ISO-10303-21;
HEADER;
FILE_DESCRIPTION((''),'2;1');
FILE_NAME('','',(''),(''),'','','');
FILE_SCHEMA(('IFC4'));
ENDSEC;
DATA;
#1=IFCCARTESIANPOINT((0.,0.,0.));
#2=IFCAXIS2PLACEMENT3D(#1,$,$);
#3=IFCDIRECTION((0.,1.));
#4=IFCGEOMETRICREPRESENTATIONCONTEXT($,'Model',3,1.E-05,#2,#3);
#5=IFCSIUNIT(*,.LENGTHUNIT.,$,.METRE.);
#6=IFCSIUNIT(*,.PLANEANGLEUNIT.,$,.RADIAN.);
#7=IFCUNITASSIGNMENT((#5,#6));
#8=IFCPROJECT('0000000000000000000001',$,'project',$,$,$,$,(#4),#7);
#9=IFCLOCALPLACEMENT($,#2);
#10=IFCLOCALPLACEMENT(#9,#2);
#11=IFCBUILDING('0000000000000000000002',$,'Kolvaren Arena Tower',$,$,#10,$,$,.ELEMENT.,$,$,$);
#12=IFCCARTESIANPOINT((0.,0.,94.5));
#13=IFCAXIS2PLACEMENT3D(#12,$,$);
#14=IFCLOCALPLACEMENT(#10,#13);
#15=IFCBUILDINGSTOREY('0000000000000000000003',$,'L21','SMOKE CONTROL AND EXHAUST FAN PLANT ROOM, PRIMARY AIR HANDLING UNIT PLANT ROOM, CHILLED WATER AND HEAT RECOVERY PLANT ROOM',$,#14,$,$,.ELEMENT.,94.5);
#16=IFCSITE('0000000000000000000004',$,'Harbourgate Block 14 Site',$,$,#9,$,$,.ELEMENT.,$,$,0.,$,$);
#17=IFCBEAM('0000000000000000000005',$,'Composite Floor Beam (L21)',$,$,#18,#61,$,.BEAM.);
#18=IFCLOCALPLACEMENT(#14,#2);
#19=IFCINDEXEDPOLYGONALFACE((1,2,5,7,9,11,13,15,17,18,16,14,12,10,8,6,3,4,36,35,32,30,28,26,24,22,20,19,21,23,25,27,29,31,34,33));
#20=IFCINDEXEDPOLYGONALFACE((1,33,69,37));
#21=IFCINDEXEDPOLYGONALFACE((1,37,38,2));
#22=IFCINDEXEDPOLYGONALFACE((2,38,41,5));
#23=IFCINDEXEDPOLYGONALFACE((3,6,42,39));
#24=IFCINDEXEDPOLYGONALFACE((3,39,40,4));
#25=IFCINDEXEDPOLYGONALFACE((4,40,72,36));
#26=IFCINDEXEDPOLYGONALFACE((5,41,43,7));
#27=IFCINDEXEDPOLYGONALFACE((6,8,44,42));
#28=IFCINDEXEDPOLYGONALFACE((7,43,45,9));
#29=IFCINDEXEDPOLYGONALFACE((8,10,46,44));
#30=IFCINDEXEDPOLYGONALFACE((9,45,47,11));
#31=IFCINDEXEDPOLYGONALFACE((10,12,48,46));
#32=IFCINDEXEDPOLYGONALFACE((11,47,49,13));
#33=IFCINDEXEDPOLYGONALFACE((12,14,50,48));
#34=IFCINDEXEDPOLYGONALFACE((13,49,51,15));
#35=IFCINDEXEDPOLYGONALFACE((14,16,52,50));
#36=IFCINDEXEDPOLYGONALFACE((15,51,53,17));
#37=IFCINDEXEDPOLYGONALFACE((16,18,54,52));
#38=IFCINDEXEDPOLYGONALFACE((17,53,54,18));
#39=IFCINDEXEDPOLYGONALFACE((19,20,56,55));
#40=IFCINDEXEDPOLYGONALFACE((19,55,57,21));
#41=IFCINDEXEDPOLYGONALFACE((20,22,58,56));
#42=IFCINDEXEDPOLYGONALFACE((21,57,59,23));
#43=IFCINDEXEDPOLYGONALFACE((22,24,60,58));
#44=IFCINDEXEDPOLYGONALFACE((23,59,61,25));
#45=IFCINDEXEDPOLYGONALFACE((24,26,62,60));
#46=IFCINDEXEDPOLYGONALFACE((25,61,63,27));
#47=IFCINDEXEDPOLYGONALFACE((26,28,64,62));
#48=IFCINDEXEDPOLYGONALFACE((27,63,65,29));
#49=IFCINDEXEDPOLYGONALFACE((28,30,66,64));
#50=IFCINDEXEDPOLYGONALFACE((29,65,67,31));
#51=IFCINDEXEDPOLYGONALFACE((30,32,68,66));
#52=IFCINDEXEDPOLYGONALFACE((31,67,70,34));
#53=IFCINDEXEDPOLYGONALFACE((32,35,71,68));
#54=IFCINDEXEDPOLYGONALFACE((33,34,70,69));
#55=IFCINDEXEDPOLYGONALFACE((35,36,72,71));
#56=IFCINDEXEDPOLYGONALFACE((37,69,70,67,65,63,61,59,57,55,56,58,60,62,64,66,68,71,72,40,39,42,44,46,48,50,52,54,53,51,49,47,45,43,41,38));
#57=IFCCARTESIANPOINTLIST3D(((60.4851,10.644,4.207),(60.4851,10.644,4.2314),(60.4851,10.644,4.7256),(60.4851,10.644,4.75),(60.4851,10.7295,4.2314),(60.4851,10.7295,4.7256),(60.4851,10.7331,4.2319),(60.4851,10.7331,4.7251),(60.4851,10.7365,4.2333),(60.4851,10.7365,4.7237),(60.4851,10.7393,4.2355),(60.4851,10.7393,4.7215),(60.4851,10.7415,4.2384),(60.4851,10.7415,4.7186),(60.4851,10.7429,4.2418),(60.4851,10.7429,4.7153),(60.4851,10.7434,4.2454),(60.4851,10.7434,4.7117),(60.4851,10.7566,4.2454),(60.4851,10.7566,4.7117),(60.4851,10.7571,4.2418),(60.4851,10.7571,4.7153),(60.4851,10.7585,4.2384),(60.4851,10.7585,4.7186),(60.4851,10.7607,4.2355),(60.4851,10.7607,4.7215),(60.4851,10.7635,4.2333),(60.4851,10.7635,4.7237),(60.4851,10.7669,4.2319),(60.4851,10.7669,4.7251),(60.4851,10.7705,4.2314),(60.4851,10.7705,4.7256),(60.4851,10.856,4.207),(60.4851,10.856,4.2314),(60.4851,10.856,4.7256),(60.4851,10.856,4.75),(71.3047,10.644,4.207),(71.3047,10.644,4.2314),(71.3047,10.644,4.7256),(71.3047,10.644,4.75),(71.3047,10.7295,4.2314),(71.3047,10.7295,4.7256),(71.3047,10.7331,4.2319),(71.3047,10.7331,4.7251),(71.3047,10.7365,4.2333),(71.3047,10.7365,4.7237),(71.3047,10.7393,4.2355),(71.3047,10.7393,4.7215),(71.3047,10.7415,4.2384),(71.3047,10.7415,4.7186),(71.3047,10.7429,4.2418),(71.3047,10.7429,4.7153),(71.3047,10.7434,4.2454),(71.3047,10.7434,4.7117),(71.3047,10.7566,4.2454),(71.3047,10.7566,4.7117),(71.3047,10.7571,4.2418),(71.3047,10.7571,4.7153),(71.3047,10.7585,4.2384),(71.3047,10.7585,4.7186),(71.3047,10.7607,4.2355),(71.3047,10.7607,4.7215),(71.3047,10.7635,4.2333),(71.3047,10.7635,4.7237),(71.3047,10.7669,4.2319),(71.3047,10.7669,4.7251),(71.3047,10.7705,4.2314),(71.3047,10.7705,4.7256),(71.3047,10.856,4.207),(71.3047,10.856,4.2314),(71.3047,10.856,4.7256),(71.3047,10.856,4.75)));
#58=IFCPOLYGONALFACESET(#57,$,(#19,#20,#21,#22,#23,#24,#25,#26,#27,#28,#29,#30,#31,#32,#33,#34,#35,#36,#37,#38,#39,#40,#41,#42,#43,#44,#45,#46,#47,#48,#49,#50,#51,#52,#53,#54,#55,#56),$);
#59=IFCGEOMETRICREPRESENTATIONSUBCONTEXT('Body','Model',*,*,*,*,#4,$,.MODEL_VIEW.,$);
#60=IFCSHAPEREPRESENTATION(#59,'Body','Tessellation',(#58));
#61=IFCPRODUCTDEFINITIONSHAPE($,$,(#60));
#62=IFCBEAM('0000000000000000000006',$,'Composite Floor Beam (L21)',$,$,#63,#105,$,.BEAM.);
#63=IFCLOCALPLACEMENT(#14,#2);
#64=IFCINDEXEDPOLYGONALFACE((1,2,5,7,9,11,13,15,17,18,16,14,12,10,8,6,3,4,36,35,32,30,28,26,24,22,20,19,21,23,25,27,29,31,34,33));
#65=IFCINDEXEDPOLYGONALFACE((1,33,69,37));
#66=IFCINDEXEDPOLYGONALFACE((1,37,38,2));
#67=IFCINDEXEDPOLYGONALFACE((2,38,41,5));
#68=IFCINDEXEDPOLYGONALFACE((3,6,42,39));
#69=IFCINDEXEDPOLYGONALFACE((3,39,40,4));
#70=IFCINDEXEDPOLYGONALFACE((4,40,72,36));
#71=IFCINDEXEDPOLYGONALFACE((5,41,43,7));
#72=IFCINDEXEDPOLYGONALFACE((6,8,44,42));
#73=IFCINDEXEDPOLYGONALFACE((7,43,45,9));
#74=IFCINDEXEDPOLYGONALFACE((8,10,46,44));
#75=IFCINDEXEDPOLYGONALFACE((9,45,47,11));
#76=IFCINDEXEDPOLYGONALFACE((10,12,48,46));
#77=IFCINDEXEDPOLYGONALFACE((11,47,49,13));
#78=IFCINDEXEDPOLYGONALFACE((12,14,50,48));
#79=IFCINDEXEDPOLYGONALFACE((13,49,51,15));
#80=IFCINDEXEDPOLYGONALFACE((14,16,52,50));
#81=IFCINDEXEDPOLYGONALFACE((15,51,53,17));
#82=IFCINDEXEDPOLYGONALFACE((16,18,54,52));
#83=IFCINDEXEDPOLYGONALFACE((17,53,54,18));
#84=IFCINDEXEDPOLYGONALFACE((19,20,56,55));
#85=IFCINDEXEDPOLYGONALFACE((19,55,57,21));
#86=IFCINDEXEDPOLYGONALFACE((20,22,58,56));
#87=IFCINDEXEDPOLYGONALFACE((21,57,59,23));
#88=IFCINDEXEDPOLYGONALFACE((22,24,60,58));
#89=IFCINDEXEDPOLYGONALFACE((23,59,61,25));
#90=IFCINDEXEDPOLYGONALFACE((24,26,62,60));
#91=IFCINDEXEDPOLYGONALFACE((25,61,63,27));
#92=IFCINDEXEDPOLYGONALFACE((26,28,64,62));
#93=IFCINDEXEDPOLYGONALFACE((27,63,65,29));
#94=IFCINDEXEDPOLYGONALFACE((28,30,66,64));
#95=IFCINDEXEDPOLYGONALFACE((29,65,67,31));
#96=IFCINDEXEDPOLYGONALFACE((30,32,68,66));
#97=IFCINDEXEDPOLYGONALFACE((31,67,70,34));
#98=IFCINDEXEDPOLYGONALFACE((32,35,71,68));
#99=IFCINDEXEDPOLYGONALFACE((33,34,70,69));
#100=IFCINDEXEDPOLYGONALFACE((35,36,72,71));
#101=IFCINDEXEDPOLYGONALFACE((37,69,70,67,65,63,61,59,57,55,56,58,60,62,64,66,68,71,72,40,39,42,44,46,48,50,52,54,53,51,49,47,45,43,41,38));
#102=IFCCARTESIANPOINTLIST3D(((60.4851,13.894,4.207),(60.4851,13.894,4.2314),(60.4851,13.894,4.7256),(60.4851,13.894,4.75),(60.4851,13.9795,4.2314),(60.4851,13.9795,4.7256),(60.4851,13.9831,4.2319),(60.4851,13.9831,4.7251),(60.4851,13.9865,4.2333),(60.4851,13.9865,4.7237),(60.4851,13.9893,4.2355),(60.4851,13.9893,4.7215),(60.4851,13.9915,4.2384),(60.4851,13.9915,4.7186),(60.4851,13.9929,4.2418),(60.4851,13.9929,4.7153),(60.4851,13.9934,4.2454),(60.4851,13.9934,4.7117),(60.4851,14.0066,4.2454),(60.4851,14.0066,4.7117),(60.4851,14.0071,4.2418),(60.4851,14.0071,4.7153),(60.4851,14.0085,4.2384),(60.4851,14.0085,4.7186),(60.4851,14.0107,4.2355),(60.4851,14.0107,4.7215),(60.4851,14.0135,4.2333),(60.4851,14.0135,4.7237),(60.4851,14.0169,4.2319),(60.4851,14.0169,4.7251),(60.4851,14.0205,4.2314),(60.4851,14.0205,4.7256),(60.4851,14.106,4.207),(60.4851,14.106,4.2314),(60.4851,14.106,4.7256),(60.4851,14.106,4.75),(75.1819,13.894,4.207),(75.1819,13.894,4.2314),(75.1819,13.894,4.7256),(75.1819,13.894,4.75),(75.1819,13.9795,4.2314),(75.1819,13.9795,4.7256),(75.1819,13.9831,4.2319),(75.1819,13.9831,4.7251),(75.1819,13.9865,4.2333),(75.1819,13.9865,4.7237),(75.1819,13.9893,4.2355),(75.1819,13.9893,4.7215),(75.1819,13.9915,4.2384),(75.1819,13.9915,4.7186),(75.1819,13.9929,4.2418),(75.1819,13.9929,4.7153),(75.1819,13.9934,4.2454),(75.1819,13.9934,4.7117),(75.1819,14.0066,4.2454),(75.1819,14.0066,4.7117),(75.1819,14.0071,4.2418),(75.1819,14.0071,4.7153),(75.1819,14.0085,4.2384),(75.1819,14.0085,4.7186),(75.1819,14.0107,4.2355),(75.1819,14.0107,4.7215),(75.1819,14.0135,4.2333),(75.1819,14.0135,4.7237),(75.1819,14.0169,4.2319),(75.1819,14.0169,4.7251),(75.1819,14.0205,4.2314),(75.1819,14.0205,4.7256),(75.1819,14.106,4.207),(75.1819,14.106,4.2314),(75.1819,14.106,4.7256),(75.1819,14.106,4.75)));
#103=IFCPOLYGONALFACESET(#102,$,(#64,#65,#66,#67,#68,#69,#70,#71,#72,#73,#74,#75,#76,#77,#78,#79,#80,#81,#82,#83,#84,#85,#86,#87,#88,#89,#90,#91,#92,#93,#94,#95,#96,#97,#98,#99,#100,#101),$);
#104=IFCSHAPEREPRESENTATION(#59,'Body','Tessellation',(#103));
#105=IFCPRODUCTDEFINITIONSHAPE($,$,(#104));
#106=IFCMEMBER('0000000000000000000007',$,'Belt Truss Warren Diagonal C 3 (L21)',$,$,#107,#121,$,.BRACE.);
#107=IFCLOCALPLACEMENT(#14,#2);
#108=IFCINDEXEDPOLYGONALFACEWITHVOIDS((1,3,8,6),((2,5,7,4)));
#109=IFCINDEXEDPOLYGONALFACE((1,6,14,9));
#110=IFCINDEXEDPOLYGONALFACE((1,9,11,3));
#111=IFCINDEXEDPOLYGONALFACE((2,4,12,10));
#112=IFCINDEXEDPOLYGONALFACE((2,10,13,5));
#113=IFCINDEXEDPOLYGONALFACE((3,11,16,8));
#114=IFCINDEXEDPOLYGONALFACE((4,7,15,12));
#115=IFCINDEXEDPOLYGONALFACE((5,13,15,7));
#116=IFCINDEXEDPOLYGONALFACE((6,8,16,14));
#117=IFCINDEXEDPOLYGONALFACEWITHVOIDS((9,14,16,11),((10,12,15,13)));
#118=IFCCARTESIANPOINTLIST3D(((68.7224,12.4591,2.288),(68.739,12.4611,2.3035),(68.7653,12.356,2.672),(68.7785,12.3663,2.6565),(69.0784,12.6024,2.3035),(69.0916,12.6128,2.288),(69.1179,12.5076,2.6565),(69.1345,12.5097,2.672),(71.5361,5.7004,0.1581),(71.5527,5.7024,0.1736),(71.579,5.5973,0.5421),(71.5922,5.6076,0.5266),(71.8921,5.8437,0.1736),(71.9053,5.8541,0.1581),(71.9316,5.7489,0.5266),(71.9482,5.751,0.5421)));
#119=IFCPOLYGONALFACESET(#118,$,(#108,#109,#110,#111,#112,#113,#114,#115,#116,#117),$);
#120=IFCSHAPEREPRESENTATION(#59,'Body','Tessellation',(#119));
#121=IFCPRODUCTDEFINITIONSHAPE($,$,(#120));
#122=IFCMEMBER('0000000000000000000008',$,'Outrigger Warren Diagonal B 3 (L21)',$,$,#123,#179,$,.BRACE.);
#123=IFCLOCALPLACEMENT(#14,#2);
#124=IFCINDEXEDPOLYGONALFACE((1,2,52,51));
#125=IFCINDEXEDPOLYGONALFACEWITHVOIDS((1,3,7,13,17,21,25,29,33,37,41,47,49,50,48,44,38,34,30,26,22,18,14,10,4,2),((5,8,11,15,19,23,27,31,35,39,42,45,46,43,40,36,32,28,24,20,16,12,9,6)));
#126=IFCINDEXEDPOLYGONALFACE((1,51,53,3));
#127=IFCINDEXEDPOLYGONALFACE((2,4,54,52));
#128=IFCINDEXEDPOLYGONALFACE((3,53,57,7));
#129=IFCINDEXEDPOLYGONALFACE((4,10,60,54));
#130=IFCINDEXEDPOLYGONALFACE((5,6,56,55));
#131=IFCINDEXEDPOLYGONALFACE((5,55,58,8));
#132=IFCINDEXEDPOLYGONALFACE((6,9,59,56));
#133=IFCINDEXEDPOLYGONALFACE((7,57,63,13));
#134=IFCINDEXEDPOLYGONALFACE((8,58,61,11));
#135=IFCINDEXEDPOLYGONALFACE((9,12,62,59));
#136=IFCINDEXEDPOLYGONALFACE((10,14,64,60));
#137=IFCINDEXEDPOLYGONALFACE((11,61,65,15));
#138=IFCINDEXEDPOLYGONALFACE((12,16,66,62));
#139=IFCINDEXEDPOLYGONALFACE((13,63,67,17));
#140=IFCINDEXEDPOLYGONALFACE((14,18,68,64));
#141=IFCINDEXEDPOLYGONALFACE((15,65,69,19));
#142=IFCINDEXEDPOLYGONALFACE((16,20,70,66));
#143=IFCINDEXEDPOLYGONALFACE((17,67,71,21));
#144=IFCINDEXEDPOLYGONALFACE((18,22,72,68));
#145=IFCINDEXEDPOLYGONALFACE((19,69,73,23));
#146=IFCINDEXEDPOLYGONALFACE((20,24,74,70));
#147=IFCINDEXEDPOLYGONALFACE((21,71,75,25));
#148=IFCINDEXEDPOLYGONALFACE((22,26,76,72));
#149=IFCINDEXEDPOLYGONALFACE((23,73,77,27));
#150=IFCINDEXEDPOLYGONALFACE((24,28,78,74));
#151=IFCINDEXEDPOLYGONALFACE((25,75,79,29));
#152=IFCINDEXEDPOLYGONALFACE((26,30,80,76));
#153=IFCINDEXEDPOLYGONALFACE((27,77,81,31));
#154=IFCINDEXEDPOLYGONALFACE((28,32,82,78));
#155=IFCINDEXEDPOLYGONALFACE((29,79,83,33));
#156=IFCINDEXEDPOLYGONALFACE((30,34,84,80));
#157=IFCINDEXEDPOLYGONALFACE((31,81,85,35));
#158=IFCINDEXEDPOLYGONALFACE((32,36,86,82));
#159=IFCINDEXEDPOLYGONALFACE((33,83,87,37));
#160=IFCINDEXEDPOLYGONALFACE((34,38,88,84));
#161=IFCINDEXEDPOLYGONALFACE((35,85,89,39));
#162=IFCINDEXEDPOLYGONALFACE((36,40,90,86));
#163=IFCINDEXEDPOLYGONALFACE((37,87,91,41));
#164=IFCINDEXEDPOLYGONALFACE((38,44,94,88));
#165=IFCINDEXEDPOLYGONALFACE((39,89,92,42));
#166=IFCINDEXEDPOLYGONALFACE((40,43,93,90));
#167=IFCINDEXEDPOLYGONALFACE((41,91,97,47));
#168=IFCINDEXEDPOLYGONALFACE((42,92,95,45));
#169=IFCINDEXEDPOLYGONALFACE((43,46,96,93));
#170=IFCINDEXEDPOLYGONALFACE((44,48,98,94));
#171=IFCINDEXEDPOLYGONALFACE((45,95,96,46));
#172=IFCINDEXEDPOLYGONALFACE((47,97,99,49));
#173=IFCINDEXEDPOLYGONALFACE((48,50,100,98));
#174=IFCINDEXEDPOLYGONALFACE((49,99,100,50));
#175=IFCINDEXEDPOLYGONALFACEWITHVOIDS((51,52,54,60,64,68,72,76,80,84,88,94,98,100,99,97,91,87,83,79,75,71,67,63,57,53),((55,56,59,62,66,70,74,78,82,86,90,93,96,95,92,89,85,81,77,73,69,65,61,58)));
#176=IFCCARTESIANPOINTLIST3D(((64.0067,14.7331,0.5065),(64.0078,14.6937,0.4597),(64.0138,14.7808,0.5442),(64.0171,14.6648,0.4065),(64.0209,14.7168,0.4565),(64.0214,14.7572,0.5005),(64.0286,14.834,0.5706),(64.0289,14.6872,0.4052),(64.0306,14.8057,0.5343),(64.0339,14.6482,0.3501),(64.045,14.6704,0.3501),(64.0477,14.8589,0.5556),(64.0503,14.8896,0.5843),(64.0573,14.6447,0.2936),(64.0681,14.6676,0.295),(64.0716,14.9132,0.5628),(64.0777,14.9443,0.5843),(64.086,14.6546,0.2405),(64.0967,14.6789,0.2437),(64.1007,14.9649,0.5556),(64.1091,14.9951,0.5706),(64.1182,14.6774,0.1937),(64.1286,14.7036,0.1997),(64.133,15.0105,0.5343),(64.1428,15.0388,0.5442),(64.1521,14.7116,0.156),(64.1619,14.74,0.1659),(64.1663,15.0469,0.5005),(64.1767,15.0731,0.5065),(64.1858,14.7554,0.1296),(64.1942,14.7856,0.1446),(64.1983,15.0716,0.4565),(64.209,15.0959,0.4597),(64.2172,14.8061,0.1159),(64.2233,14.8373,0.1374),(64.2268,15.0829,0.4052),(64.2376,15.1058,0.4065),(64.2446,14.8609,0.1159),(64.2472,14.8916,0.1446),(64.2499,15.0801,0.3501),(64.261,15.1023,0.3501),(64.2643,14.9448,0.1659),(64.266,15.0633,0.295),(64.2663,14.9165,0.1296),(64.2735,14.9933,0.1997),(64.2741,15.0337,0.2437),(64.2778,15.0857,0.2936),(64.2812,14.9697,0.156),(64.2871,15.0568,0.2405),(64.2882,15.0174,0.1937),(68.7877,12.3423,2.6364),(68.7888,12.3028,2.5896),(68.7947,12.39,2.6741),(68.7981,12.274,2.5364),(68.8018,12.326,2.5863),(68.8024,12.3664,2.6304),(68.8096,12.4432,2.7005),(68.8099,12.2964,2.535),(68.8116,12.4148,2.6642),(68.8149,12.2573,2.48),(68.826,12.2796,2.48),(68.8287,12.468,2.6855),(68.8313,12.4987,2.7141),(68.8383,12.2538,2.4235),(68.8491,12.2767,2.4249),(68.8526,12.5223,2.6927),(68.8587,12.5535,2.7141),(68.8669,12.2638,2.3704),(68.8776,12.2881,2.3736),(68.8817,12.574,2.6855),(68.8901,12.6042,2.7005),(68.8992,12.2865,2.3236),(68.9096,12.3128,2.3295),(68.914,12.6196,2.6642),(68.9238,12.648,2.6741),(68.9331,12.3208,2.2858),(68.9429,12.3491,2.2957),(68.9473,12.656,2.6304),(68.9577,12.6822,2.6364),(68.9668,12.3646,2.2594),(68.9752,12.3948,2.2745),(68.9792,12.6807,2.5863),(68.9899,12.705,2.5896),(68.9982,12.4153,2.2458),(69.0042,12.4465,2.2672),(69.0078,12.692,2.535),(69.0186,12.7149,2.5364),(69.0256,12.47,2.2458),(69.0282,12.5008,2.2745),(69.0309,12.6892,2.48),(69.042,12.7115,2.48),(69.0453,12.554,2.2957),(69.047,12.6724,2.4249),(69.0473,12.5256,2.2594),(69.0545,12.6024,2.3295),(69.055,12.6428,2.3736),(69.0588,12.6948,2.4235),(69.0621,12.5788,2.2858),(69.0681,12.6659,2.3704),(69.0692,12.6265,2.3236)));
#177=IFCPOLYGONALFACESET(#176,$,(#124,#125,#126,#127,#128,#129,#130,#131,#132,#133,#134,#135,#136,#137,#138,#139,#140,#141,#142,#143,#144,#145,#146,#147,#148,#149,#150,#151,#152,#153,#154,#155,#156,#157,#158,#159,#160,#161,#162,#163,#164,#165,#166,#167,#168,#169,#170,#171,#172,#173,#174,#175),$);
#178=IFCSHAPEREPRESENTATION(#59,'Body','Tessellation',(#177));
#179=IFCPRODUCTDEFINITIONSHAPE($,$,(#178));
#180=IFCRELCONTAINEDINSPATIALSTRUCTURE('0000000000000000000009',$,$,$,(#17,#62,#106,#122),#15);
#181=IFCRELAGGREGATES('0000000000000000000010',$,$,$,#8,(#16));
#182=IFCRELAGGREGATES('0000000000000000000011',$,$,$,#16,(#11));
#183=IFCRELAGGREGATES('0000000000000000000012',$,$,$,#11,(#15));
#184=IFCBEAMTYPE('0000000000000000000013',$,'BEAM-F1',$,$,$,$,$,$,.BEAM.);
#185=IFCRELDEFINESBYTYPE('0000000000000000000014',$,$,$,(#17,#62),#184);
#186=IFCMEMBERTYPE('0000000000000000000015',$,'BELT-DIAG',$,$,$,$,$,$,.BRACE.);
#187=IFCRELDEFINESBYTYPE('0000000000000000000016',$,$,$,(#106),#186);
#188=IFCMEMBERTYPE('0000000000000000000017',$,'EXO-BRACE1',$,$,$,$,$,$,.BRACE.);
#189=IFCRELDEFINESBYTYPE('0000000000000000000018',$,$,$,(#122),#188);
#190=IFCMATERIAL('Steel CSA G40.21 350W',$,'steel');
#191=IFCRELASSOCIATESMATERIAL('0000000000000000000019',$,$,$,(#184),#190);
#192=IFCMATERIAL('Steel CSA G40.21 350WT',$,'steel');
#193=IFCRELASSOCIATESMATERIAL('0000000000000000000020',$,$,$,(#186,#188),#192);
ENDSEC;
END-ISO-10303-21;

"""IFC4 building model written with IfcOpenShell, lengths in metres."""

from ifc_helpers import new_model, si_unit, direction, frame, origin, origin_2d, place, context, subcontext, project, spatial, hollow_rectangle, hollow_circle, i_section, extrude, material, material_profile, profile_set, type_object, element, save


model = new_model("IFC4")

# Units and contexts
model_context = context("Model", 3, precision=1e-05, world=origin(), true_north=direction((0.0, 1.0)))
body_context = subcontext(model_context, "Body", "Model", "MODEL_VIEW")
ifc_project = project(units=[si_unit("LENGTHUNIT", "METRE"), si_unit("PLANEANGLEUNIT", "RADIAN")], contexts=[model_context])

# Site, building, storey
site_placement = place(None, origin())
site = spatial("IfcSite", under=ifc_project, at=site_placement, Name="Harbourgate Block 14 Site", CompositionType="ELEMENT", RefElevation=0.0)
building_placement = place(site_placement, origin())
building = spatial("IfcBuilding", under=site, at=building_placement, Name="Kolvaren Arena Tower", CompositionType="ELEMENT")
storey_placement = place(building_placement, frame((0.0, 0.0, 94.5)))
storey = spatial("IfcBuildingStorey", under=building, at=storey_placement, Name="L21", Description="SMOKE CONTROL AND EXHAUST FAN PLANT ROOM, PRIMARY AIR HANDLING UNIT PLANT ROOM, CHILLED WATER AND HEAT RECOVERY PLANT ROOM", CompositionType="ELEMENT", Elevation=94.5)

# Beams
ifc_material_1 = material(Name="Steel CSA G40.21 350W", Category="steel")
ifc_material_profile_1 = material_profile(ifc_material_1, i_section(OverallWidth=0.2119, OverallDepth=0.543, WebThickness=0.0132, FlangeThickness=0.0244, FilletRadius=0.0139, at=origin_2d()), Name="W530x150")
ifc_profile_set_1 = profile_set([ifc_material_profile_1], Name="Steel CSA G40.21 350W")
beam_type_1 = type_object("IfcBeamType", Name="BEAM-F1", PredefinedType="BEAM", material=ifc_profile_set_1)
beam_1_placement = place(storey_placement, frame((60.4851, 10.75, 4.4785), z_axis=(1.0, 0.0, 0.0), x_axis=(0.0, 1.0, 0.0)))
element("IfcBeam", 1, at=beam_1_placement, inside=storey, type_object=beam_type_1, Name="Composite Floor Beam (L21)", PredefinedType="BEAM", context=body_context, shape_type="SweptSolid", body=[
    extrude(i_section(OverallWidth=0.2119, OverallDepth=0.543, WebThickness=0.0132, FlangeThickness=0.0244, FilletRadius=0.0139, at=origin_2d()), origin(), (0.0, 0.0, 1.0), 10.8196),
])
beam_2_placement = place(storey_placement, frame((60.4851, 14.0, 4.4785), z_axis=(1.0, 0.0, 0.0), x_axis=(0.0, 1.0, 0.0)))
element("IfcBeam", 2, at=beam_2_placement, inside=storey, type_object=beam_type_1, Name="Composite Floor Beam (L21)", PredefinedType="BEAM", context=body_context, shape_type="SweptSolid", body=[
    extrude(i_section(OverallWidth=0.2119, OverallDepth=0.543, WebThickness=0.0132, FlangeThickness=0.0244, FilletRadius=0.0139, at=origin_2d()), origin(), (0.0, 0.0, 1.0), 14.6968),
])

# Members
ifc_material_2 = material(Name="Steel CSA G40.21 350WT", Category="steel")
ifc_material_profile_2 = material_profile(ifc_material_2, hollow_rectangle(XDim=0.3999, YDim=0.3999, WallThickness=0.0161, at=origin_2d()), Name="HSS 400x400x16")
ifc_profile_set_2 = profile_set([ifc_material_profile_2], Name="Steel CSA G40.21 350WT")
member_type_1 = type_object("IfcMemberType", Name="BELT-DIAG", PredefinedType="BRACE", material=ifc_profile_set_2)
member_1_placement = place(storey_placement, frame((68.9285, 12.4844, 2.48), z_axis=(0.369031, -0.886444, -0.279343), x_axis=(0.923195, 0.384331, 0.0)))
element("IfcMember", 3, at=member_1_placement, inside=storey, type_object=member_type_1, Name="Belt Truss Warren Diagonal C 3 (L21)", PredefinedType="BRACE", context=body_context, shape_type="SweptSolid", body=[
    extrude(hollow_rectangle(XDim=0.3999, YDim=0.3999, WallThickness=0.0161, at=origin_2d()), origin(), (0.0, 0.0, 1.0), 7.6245),
])
ifc_material_profile_3 = material_profile(ifc_material_2, hollow_circle(Radius=0.2539, WallThickness=0.0249, at=origin_2d()), Name="CHS 508x25")
ifc_profile_set_3 = profile_set([ifc_material_profile_3], Name="Steel CSA G40.21 350WT")
member_type_2 = type_object("IfcMemberType", Name="EXO-BRACE1", PredefinedType="BRACE", material=ifc_profile_set_3)
member_2_placement = place(storey_placement, frame((64.1475, 14.8752, 0.3501), z_axis=(0.830874, -0.415501, 0.370145), x_axis=(0.447268, 0.8944, 0.0)))
element("IfcMember", 4, at=member_2_placement, inside=storey, type_object=member_type_2, Name="Outrigger Warren Diagonal B 3 (L21)", PredefinedType="BRACE", context=body_context, shape_type="SweptSolid", body=[
    extrude(hollow_circle(Radius=0.2539, WallThickness=0.0249, at=origin_2d()), origin(), (0.0, 0.0, 1.0), 5.7542),
])

save(model, "model.ifc")
